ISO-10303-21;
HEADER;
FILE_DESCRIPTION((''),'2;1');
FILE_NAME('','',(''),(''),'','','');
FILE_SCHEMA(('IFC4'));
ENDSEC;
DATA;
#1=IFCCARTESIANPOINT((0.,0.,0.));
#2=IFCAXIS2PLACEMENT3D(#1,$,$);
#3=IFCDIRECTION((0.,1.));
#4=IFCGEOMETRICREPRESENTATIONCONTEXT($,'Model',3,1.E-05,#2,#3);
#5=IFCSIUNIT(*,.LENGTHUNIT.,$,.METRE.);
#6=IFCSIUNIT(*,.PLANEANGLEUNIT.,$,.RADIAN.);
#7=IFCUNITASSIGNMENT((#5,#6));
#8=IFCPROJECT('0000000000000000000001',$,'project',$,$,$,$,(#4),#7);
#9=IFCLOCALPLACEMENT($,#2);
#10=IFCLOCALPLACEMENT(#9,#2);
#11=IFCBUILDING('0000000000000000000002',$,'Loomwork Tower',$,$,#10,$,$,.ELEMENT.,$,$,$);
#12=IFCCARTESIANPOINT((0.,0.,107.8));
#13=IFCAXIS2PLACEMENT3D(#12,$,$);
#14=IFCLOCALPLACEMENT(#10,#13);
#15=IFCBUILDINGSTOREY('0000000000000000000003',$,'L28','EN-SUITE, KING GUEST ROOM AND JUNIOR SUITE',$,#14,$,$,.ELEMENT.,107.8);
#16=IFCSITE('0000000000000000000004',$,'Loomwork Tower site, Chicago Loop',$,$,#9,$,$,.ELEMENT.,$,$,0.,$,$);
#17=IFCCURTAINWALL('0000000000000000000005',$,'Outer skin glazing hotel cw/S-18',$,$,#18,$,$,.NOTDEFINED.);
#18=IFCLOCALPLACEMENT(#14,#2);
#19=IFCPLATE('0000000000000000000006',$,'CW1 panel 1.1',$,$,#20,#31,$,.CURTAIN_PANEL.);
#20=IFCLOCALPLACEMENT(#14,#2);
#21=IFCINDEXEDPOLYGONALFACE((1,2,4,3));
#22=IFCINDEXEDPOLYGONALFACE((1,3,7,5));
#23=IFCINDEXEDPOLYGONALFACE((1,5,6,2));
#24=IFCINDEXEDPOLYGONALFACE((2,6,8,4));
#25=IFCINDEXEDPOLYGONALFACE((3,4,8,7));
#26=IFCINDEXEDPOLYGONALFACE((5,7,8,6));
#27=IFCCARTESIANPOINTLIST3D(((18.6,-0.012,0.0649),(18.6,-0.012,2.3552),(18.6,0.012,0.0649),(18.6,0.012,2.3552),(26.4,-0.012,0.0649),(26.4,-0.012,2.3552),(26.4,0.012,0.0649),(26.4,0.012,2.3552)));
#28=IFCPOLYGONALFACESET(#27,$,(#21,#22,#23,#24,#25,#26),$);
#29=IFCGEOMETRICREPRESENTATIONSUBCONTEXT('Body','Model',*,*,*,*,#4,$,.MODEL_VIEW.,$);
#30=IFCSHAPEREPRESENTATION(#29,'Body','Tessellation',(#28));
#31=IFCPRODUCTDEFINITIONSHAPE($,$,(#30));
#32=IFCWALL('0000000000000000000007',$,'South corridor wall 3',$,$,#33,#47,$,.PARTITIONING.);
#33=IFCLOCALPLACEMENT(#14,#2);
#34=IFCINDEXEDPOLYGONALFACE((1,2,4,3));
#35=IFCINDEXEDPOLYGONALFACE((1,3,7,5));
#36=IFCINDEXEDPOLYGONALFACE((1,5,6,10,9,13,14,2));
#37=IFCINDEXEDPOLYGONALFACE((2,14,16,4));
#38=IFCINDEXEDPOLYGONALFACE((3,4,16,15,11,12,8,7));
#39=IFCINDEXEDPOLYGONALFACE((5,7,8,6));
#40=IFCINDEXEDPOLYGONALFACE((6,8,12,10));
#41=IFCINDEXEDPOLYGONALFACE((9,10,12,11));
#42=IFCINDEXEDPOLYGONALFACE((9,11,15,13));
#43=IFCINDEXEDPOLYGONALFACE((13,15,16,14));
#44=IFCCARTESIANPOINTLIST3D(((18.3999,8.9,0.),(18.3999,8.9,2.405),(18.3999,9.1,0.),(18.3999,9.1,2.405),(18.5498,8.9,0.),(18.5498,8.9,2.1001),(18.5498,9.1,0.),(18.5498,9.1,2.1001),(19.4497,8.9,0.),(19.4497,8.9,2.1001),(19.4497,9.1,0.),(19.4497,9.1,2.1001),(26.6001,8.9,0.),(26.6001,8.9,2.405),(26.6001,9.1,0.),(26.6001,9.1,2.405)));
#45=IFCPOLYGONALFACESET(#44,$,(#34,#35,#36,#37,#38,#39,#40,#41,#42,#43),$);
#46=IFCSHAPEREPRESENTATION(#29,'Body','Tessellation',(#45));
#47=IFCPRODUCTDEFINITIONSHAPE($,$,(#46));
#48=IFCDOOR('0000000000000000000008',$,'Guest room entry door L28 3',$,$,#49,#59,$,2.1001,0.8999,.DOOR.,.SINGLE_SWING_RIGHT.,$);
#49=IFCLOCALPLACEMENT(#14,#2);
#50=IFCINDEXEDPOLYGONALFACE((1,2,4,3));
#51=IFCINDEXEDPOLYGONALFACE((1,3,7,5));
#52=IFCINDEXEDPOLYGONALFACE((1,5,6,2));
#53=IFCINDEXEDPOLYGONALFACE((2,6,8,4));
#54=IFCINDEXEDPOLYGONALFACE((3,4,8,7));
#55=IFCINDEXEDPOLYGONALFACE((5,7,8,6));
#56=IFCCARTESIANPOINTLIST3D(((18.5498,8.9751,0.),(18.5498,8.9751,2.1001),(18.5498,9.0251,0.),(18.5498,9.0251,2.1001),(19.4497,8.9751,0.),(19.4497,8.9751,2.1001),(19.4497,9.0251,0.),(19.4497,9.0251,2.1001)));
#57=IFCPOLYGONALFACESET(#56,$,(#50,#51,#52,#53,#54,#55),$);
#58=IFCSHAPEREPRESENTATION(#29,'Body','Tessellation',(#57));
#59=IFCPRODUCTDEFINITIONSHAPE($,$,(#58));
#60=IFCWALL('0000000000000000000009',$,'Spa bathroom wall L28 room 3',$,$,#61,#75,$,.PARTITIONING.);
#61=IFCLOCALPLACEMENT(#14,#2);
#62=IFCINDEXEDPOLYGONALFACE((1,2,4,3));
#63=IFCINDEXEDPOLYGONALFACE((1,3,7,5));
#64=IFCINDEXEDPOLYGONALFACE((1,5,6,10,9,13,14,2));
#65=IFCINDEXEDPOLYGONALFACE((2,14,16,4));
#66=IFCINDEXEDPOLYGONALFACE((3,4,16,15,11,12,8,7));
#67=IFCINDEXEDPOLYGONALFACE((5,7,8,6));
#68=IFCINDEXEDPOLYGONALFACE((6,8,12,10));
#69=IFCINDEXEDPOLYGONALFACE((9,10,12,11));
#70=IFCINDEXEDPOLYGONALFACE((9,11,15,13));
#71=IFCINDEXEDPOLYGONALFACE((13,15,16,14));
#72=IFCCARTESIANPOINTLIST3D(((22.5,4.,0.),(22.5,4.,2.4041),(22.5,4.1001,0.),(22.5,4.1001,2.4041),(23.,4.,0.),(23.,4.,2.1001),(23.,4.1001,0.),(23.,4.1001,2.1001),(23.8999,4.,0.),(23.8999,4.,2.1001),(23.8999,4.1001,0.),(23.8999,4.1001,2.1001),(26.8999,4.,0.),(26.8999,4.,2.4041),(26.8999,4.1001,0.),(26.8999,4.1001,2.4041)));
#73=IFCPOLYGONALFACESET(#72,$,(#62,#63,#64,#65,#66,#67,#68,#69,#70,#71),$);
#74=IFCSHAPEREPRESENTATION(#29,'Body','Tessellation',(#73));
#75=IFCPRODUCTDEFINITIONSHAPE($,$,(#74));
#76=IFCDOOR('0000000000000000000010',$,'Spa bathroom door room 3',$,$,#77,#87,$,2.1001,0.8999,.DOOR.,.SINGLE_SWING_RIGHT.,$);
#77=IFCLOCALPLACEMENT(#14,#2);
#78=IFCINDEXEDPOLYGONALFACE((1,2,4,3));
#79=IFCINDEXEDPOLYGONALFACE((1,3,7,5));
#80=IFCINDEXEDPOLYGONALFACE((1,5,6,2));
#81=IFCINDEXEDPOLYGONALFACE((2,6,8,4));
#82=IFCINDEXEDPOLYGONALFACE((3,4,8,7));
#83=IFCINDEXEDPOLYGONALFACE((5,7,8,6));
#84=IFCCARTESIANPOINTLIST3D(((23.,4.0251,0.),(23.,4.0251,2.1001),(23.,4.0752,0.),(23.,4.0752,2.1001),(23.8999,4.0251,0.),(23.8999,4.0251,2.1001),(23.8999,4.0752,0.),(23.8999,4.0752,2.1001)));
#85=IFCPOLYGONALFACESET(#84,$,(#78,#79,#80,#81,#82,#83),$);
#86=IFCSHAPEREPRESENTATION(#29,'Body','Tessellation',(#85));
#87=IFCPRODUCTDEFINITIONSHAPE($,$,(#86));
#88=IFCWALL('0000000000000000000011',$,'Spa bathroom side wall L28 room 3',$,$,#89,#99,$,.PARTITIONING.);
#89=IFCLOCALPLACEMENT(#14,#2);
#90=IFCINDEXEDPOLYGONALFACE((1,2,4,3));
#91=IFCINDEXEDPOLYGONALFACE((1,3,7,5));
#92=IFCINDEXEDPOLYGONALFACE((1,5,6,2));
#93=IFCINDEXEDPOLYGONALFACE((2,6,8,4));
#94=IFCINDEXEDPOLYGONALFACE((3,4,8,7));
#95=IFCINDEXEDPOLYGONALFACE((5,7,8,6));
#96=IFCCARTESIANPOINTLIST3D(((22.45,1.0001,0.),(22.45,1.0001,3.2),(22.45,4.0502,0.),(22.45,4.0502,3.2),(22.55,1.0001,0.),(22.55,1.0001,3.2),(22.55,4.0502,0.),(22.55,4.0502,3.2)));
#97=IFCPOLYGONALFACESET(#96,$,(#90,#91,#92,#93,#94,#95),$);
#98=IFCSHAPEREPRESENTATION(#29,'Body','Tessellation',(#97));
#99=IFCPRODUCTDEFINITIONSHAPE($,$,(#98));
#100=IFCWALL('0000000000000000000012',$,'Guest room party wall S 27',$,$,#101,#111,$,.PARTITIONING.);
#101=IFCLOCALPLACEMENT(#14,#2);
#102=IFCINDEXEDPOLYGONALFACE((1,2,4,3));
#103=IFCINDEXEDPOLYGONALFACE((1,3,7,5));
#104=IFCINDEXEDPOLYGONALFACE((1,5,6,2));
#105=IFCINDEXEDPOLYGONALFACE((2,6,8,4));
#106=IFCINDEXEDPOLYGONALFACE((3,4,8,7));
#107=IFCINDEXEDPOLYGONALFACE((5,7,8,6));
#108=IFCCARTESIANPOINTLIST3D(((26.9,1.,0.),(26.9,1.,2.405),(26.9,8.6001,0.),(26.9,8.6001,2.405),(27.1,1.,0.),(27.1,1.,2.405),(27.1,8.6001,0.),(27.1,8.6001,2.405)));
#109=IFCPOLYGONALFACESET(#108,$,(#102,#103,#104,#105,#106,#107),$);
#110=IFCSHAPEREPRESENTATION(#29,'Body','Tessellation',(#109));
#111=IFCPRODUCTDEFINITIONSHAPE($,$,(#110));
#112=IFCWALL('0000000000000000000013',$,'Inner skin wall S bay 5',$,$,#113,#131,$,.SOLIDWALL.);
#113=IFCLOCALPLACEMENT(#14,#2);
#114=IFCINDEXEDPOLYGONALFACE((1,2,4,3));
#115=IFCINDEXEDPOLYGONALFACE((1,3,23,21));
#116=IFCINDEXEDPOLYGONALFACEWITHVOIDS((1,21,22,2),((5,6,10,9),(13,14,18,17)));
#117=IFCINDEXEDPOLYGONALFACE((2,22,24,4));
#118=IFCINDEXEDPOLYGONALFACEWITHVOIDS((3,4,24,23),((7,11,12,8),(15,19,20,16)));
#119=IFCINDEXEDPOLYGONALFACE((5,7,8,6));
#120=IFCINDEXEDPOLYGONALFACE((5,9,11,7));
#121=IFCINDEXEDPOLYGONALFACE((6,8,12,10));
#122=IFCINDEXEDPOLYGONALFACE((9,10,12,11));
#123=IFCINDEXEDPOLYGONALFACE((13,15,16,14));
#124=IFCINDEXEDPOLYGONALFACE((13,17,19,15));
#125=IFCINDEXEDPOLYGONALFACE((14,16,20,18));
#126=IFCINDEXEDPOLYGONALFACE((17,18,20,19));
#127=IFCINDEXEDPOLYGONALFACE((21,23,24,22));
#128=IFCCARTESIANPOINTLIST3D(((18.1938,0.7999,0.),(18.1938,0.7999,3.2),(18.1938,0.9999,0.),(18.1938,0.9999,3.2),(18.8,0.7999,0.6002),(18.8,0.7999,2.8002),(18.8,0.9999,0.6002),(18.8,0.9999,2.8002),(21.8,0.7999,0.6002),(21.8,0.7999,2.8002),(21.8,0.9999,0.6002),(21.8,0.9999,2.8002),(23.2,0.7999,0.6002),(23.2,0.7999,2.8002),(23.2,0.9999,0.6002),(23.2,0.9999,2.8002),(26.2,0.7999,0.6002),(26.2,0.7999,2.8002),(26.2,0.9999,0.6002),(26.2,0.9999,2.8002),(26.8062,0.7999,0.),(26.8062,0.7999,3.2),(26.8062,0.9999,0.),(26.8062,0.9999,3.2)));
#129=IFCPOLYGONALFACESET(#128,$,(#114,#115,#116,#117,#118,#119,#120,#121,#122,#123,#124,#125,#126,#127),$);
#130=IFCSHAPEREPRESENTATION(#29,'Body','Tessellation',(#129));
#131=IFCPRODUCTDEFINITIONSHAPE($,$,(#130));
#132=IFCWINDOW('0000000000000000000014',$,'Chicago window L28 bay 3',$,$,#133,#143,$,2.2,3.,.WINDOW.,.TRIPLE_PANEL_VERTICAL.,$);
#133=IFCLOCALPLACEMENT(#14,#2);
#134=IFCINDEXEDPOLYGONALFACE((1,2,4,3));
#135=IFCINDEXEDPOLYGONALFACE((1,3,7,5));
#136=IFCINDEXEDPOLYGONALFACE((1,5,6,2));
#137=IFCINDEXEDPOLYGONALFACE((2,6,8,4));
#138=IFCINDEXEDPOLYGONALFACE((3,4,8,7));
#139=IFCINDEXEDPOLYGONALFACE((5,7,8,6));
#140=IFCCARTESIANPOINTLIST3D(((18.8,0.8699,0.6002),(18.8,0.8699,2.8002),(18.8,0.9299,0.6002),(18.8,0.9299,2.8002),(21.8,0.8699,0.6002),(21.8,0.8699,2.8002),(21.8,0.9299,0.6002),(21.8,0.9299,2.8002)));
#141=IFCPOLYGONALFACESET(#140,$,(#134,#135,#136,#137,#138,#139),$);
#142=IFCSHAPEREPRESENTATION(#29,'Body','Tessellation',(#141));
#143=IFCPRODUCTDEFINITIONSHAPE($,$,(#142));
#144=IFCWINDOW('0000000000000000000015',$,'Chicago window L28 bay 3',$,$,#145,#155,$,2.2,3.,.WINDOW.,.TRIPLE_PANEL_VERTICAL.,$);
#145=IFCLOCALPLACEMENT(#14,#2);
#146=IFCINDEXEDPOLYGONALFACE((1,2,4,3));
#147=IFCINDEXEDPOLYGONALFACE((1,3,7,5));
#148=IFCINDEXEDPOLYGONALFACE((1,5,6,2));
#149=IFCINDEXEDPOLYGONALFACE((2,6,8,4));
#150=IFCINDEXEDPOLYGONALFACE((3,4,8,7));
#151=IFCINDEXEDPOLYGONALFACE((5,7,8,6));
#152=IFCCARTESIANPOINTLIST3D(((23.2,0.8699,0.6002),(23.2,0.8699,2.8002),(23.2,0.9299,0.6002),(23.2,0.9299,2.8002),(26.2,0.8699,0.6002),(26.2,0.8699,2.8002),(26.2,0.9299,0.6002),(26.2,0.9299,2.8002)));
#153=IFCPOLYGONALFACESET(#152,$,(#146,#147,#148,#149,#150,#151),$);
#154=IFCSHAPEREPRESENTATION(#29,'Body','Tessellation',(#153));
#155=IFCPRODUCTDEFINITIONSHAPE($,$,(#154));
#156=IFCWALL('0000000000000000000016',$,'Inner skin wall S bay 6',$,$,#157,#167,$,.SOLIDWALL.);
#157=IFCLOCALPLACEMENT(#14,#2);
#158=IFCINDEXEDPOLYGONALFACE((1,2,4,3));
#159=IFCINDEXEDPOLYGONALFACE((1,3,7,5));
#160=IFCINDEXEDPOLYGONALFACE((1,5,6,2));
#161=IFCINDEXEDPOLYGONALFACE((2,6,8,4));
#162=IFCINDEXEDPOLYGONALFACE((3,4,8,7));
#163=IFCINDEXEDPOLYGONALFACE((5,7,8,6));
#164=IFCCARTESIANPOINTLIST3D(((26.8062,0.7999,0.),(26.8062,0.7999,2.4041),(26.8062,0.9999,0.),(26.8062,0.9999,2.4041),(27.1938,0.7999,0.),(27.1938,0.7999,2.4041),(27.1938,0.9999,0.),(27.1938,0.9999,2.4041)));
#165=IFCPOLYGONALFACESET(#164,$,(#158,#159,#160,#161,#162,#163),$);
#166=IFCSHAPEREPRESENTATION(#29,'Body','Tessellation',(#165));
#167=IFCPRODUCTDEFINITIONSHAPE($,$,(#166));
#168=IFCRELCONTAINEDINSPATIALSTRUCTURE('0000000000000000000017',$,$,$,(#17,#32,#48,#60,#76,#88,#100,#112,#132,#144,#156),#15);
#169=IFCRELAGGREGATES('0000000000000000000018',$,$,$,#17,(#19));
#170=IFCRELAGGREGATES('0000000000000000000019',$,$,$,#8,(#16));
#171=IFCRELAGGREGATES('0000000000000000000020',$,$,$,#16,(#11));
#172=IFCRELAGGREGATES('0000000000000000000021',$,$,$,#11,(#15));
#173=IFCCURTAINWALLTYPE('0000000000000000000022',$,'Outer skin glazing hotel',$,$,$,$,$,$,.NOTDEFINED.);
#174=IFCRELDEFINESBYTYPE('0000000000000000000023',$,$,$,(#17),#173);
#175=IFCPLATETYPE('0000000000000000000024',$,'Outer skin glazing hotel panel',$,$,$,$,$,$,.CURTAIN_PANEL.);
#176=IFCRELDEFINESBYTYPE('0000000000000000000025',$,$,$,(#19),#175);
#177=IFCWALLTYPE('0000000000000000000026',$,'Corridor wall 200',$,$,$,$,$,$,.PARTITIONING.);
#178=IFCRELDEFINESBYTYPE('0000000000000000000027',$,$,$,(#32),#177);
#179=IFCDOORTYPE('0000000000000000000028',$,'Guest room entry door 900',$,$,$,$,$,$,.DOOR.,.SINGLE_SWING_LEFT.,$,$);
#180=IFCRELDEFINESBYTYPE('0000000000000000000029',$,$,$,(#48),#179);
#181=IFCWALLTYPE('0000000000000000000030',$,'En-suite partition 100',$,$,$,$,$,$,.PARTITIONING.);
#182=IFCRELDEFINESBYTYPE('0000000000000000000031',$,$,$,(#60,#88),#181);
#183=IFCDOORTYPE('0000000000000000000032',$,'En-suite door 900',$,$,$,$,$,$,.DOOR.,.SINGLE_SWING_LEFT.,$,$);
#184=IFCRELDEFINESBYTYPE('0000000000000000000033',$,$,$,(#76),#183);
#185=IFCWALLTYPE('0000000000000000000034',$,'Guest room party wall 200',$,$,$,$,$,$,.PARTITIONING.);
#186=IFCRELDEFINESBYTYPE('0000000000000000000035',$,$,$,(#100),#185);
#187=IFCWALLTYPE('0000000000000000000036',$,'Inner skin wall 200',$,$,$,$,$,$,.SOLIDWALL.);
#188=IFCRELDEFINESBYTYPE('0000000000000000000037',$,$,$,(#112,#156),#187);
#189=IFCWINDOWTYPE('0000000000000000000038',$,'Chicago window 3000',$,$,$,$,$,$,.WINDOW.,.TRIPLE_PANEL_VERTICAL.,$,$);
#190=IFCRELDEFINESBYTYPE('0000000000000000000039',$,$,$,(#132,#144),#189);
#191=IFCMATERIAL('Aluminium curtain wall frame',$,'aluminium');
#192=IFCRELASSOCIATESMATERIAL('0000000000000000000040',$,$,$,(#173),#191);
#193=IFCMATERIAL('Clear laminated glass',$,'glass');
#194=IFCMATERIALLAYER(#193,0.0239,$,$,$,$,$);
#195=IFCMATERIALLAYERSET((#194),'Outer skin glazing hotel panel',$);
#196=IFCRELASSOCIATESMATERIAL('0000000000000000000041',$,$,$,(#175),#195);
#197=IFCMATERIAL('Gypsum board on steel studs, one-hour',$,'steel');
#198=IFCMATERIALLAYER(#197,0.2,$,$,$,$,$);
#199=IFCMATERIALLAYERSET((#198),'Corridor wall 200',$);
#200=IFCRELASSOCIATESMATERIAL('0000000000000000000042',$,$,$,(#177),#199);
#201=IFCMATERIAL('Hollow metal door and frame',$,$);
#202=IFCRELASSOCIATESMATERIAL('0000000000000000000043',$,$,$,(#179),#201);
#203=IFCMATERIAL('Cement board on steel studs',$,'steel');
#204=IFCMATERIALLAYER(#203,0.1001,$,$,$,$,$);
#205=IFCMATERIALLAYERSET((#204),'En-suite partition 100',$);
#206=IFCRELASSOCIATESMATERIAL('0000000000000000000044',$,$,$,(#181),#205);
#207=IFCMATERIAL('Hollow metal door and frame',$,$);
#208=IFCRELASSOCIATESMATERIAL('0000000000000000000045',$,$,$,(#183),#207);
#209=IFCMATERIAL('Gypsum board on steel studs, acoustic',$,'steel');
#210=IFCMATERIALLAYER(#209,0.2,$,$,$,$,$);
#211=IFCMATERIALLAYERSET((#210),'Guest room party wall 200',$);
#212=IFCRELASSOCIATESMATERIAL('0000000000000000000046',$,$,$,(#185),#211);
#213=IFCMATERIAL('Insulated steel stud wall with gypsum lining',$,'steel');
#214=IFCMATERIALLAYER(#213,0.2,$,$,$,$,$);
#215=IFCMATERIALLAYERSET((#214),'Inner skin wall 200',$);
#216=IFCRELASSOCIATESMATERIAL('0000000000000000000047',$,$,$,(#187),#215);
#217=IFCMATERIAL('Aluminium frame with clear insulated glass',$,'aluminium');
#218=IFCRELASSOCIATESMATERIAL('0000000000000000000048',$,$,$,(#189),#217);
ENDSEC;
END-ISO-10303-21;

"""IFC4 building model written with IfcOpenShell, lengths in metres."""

from ifc_helpers import new_model, si_unit, direction, frame, frame_2d, origin, origin_2d, place, context, subcontext, project, spatial, rectangle, extrude, material, layer, layer_set, type_object, element, fill, aggregate, save


model = new_model("IFC4")

# Units and contexts
model_context = context("Model", 3, precision=1e-05, world=origin(), true_north=direction((0.0, 1.0)))
body_context = subcontext(model_context, "Body", "Model", "MODEL_VIEW")
ifc_project = project(units=[si_unit("LENGTHUNIT", "METRE"), si_unit("PLANEANGLEUNIT", "RADIAN")], contexts=[model_context])

# Site, building, storey
site_placement = place(None, origin())
site = spatial("IfcSite", under=ifc_project, at=site_placement, Name="Loomwork Tower site, Chicago Loop", CompositionType="ELEMENT", RefElevation=0.0)
building_placement = place(site_placement, origin())
building = spatial("IfcBuilding", under=site, at=building_placement, Name="Loomwork Tower", CompositionType="ELEMENT")
storey_placement = place(building_placement, frame((0.0, 0.0, 107.8)))
storey = spatial("IfcBuildingStorey", under=building, at=storey_placement, Name="L28", Description="EN-SUITE, KING GUEST ROOM AND JUNIOR SUITE", CompositionType="ELEMENT", Elevation=107.8)

# Curtain wall
ifc_material_1 = material(Name="Aluminium curtain wall frame", Category="aluminium")
curtain_wall_type = type_object("IfcCurtainWallType", Name="Outer skin glazing hotel", PredefinedType="NOTDEFINED", material=ifc_material_1)
curtain_wall_placement = place(storey_placement, origin())
curtain_wall = element("IfcCurtainWall", 1, at=curtain_wall_placement, inside=storey, type_object=curtain_wall_type, Name="Outer skin glazing hotel cw/S-18", PredefinedType="NOTDEFINED")

# Plate
ifc_material_2 = material(Name="Clear laminated glass", Category="glass")
ifc_layer_1 = layer(ifc_material_2, 0.0239)
ifc_layer_set_1 = layer_set([ifc_layer_1], Name="Outer skin glazing hotel panel")
plate_type = type_object("IfcPlateType", Name="Outer skin glazing hotel panel", PredefinedType="CURTAIN_PANEL", material=ifc_layer_set_1)
plate_placement = place(storey_placement, frame((22.5, 0.0, 0.0649), z_axis=(0.0, 0.0, 1.0), x_axis=(1.0, 0.0, 0.0)))
plate = element("IfcPlate", 2, at=plate_placement, type_object=plate_type, Name="CW1 panel 1.1", PredefinedType="CURTAIN_PANEL", context=body_context, shape_type="SweptSolid", body=[
    extrude(rectangle(XDim=7.8, YDim=0.0239, at=origin_2d()), origin(), (0.0, 0.0, 1.0), 2.2903),
])
aggregate(curtain_wall, [plate])

# Walls, openings, doors
ifc_material_3 = material(Name="Gypsum board on steel studs, one-hour", Category="steel")
ifc_layer_2 = layer(ifc_material_3, 0.2)
ifc_layer_set_2 = layer_set([ifc_layer_2], Name="Corridor wall 200")
wall_type_1 = type_object("IfcWallType", Name="Corridor wall 200", PredefinedType="PARTITIONING", material=ifc_layer_set_2)
wall_1_placement = place(storey_placement, frame((18.3999, 9.0, 0.0), z_axis=(0.0, 0.0, 1.0), x_axis=(1.0, 0.0, 0.0)))
wall_1 = element("IfcWall", 3, at=wall_1_placement, inside=storey, type_object=wall_type_1, Name="South corridor wall 3", PredefinedType="PARTITIONING", context=body_context, shape_type="SweptSolid", body=[
    extrude(rectangle(XDim=8.2002, YDim=0.2, at=frame_2d((4.1001, 0.0))), origin(), (0.0, 0.0, 1.0), 2.405),
])
opening_1_placement = place(wall_1_placement, frame((0.1499, 0.0, 0.0)))
opening_1 = element("IfcOpeningElement", 4, at=opening_1_placement, cuts=wall_1, PredefinedType="OPENING", context=body_context, shape_type="SweptSolid", body=[
    extrude(rectangle(XDim=0.8999, YDim=2.1001, at=frame_2d((0.45, 1.05))), frame((0.0, 0.1099, 0.0), z_axis=(0.0, -1.0, 0.0), x_axis=(1.0, 0.0, 0.0)), (0.0, 0.0, 1.0), 0.22),
])
ifc_material_4 = material(Name="Hollow metal door and frame")
door_type_1 = type_object("IfcDoorType", Name="Guest room entry door 900", OperationType="SINGLE_SWING_LEFT", PredefinedType="DOOR", material=ifc_material_4)
door_1_placement = place(opening_1_placement, frame((0.8999, 0.0, 0.0), z_axis=(0.0, 0.0, 1.0), x_axis=(-1.0, 0.0, 0.0)))
door_1 = element("IfcDoor", 5, at=door_1_placement, inside=storey, type_object=door_type_1, Name="Guest room entry door L28 3", OperationType="SINGLE_SWING_RIGHT", OverallHeight=2.1001, OverallWidth=0.8999, PredefinedType="DOOR", context=body_context, shape_type="SweptSolid", body=[
    extrude(rectangle(XDim=0.8999, YDim=2.1001, at=frame_2d((0.45, 1.05))), frame((0.0, 0.0249, 0.0), z_axis=(0.0, -1.0, 0.0), x_axis=(1.0, 0.0, 0.0)), (0.0, 0.0, 1.0), 0.05),
])
fill(opening_1, door_1)
ifc_material_5 = material(Name="Cement board on steel studs", Category="steel")
ifc_layer_3 = layer(ifc_material_5, 0.1001)
ifc_layer_set_3 = layer_set([ifc_layer_3], Name="En-suite partition 100")
wall_type_2 = type_object("IfcWallType", Name="En-suite partition 100", PredefinedType="PARTITIONING", material=ifc_layer_set_3)
wall_2_placement = place(storey_placement, frame((22.5, 4.05, 0.0), z_axis=(0.0, 0.0, 1.0), x_axis=(1.0, 0.0, 0.0)))
wall_2 = element("IfcWall", 6, at=wall_2_placement, inside=storey, type_object=wall_type_2, Name="Spa bathroom wall L28 room 3", PredefinedType="PARTITIONING", context=body_context, shape_type="SweptSolid", body=[
    extrude(rectangle(XDim=4.3999, YDim=0.1001, at=frame_2d((2.2, 0.0))), origin(), (0.0, 0.0, 1.0), 2.4041),
])
opening_2_placement = place(wall_2_placement, frame((0.5, 0.0, 0.0)))
opening_2 = element("IfcOpeningElement", 7, at=opening_2_placement, cuts=wall_2, PredefinedType="OPENING", context=body_context, shape_type="SweptSolid", body=[
    extrude(rectangle(XDim=0.8999, YDim=2.1001, at=frame_2d((0.45, 1.05))), frame((0.0, 0.0601, 0.0), z_axis=(0.0, -1.0, 0.0), x_axis=(1.0, 0.0, 0.0)), (0.0, 0.0, 1.0), 0.1201),
])
ifc_material_6 = material(Name="Hollow metal door and frame")
door_type_2 = type_object("IfcDoorType", Name="En-suite door 900", OperationType="SINGLE_SWING_LEFT", PredefinedType="DOOR", material=ifc_material_6)
door_2_placement = place(opening_2_placement, frame((0.8999, 0.0, 0.0), z_axis=(0.0, 0.0, 1.0), x_axis=(-1.0, 0.0, 0.0)))
door_2 = element("IfcDoor", 8, at=door_2_placement, inside=storey, type_object=door_type_2, Name="Spa bathroom door room 3", OperationType="SINGLE_SWING_RIGHT", OverallHeight=2.1001, OverallWidth=0.8999, PredefinedType="DOOR", context=body_context, shape_type="SweptSolid", body=[
    extrude(rectangle(XDim=0.8999, YDim=2.1001, at=frame_2d((0.45, 1.05))), frame((0.0, 0.0249, 0.0), z_axis=(0.0, -1.0, 0.0), x_axis=(1.0, 0.0, 0.0)), (0.0, 0.0, 1.0), 0.05),
])
fill(opening_2, door_2)

# Walls
wall_3_placement = place(storey_placement, frame((22.5, 4.05, 0.0), z_axis=(0.0, 0.0, 1.0), x_axis=(0.0, -1.0, 0.0)))
element("IfcWall", 9, at=wall_3_placement, inside=storey, type_object=wall_type_2, Name="Spa bathroom side wall L28 room 3", PredefinedType="PARTITIONING", context=body_context, shape_type="SweptSolid", body=[
    extrude(rectangle(XDim=3.05, YDim=0.1001, at=frame_2d((1.5249, 0.0))), origin(), (0.0, 0.0, 1.0), 3.2),
])
ifc_material_7 = material(Name="Gypsum board on steel studs, acoustic", Category="steel")
ifc_layer_4 = layer(ifc_material_7, 0.2)
ifc_layer_set_4 = layer_set([ifc_layer_4], Name="Guest room party wall 200")
wall_type_3 = type_object("IfcWallType", Name="Guest room party wall 200", PredefinedType="PARTITIONING", material=ifc_layer_set_4)
wall_4_placement = place(storey_placement, frame((27.0, 8.6001, 0.0), z_axis=(0.0, 0.0, 1.0), x_axis=(0.0, -1.0, 0.0)))
element("IfcWall", 10, at=wall_4_placement, inside=storey, type_object=wall_type_3, Name="Guest room party wall S 27", PredefinedType="PARTITIONING", context=body_context, shape_type="SweptSolid", body=[
    extrude(rectangle(XDim=7.6001, YDim=0.2, at=frame_2d((3.8, 0.0))), origin(), (0.0, 0.0, 1.0), 2.405),
])

# Wall, openings, windows
ifc_material_8 = material(Name="Insulated steel stud wall with gypsum lining", Category="steel")
ifc_layer_5 = layer(ifc_material_8, 0.2)
ifc_layer_set_5 = layer_set([ifc_layer_5], Name="Inner skin wall 200")
wall_type_4 = type_object("IfcWallType", Name="Inner skin wall 200", PredefinedType="SOLIDWALL", material=ifc_layer_set_5)
wall_5_placement = place(storey_placement, frame((18.1938, 0.8999, 0.0), z_axis=(0.0, 0.0, 1.0), x_axis=(1.0, 0.0, 0.0)))
wall_5 = element("IfcWall", 11, at=wall_5_placement, inside=storey, type_object=wall_type_4, Name="Inner skin wall S bay 5", PredefinedType="SOLIDWALL", context=body_context, shape_type="SweptSolid", body=[
    extrude(rectangle(XDim=8.6123, YDim=0.2, at=frame_2d((4.3062, 0.0))), origin(), (0.0, 0.0, 1.0), 3.2),
])
opening_3_placement = place(wall_5_placement, frame((0.6062, 0.0, 0.6001)))
opening_3 = element("IfcOpeningElement", 12, at=opening_3_placement, cuts=wall_5, PredefinedType="OPENING", context=body_context, shape_type="SweptSolid", body=[
    extrude(rectangle(XDim=3.0, YDim=2.2, at=frame_2d((1.5, 1.1001))), frame((0.0, 0.1099, 0.0), z_axis=(0.0, -1.0, 0.0), x_axis=(1.0, 0.0, 0.0)), (0.0, 0.0, 1.0), 0.22),
])
opening_4_placement = place(wall_5_placement, frame((5.0061, 0.0, 0.6001)))
opening_4 = element("IfcOpeningElement", 13, at=opening_4_placement, cuts=wall_5, PredefinedType="OPENING", context=body_context, shape_type="SweptSolid", body=[
    extrude(rectangle(XDim=3.0, YDim=2.2, at=frame_2d((1.5, 1.1001))), frame((0.0, 0.1099, 0.0), z_axis=(0.0, -1.0, 0.0), x_axis=(1.0, 0.0, 0.0)), (0.0, 0.0, 1.0), 0.22),
])
ifc_material_9 = material(Name="Aluminium frame with clear insulated glass", Category="aluminium")
window_type = type_object("IfcWindowType", Name="Chicago window 3000", PartitioningType="TRIPLE_PANEL_VERTICAL", PredefinedType="WINDOW", material=ifc_material_9)
window_1_placement = place(opening_3_placement, origin())
window_1 = element("IfcWindow", 14, at=window_1_placement, inside=storey, type_object=window_type, Name="Chicago window L28 bay 3", OverallHeight=2.2, OverallWidth=3.0, PartitioningType="TRIPLE_PANEL_VERTICAL", PredefinedType="WINDOW", context=body_context, shape_type="SweptSolid", body=[
    extrude(rectangle(XDim=3.0, YDim=2.2, at=frame_2d((1.5, 1.1001))), frame((0.0, 0.03, 0.0), z_axis=(0.0, -1.0, 0.0), x_axis=(1.0, 0.0, 0.0)), (0.0, 0.0, 1.0), 0.0601),
])
fill(opening_3, window_1)
window_2_placement = place(opening_4_placement, origin())
window_2 = element("IfcWindow", 15, at=window_2_placement, inside=storey, type_object=window_type, Name="Chicago window L28 bay 3", OverallHeight=2.2, OverallWidth=3.0, PartitioningType="TRIPLE_PANEL_VERTICAL", PredefinedType="WINDOW", context=body_context, shape_type="SweptSolid", body=[
    extrude(rectangle(XDim=3.0, YDim=2.2, at=frame_2d((1.5, 1.1001))), frame((0.0, 0.03, 0.0), z_axis=(0.0, -1.0, 0.0), x_axis=(1.0, 0.0, 0.0)), (0.0, 0.0, 1.0), 0.0601),
])
fill(opening_4, window_2)

# Wall
wall_6_placement = place(storey_placement, frame((26.8062, 0.8999, 0.0), z_axis=(0.0, 0.0, 1.0), x_axis=(1.0, 0.0, 0.0)))
element("IfcWall", 16, at=wall_6_placement, inside=storey, type_object=wall_type_4, Name="Inner skin wall S bay 6", PredefinedType="SOLIDWALL", context=body_context, shape_type="SweptSolid", body=[
    extrude(rectangle(XDim=0.3877, YDim=0.2, at=frame_2d((0.1938, 0.0))), origin(), (0.0, 0.0, 1.0), 2.4041),
])

save(model, "model.ifc")
